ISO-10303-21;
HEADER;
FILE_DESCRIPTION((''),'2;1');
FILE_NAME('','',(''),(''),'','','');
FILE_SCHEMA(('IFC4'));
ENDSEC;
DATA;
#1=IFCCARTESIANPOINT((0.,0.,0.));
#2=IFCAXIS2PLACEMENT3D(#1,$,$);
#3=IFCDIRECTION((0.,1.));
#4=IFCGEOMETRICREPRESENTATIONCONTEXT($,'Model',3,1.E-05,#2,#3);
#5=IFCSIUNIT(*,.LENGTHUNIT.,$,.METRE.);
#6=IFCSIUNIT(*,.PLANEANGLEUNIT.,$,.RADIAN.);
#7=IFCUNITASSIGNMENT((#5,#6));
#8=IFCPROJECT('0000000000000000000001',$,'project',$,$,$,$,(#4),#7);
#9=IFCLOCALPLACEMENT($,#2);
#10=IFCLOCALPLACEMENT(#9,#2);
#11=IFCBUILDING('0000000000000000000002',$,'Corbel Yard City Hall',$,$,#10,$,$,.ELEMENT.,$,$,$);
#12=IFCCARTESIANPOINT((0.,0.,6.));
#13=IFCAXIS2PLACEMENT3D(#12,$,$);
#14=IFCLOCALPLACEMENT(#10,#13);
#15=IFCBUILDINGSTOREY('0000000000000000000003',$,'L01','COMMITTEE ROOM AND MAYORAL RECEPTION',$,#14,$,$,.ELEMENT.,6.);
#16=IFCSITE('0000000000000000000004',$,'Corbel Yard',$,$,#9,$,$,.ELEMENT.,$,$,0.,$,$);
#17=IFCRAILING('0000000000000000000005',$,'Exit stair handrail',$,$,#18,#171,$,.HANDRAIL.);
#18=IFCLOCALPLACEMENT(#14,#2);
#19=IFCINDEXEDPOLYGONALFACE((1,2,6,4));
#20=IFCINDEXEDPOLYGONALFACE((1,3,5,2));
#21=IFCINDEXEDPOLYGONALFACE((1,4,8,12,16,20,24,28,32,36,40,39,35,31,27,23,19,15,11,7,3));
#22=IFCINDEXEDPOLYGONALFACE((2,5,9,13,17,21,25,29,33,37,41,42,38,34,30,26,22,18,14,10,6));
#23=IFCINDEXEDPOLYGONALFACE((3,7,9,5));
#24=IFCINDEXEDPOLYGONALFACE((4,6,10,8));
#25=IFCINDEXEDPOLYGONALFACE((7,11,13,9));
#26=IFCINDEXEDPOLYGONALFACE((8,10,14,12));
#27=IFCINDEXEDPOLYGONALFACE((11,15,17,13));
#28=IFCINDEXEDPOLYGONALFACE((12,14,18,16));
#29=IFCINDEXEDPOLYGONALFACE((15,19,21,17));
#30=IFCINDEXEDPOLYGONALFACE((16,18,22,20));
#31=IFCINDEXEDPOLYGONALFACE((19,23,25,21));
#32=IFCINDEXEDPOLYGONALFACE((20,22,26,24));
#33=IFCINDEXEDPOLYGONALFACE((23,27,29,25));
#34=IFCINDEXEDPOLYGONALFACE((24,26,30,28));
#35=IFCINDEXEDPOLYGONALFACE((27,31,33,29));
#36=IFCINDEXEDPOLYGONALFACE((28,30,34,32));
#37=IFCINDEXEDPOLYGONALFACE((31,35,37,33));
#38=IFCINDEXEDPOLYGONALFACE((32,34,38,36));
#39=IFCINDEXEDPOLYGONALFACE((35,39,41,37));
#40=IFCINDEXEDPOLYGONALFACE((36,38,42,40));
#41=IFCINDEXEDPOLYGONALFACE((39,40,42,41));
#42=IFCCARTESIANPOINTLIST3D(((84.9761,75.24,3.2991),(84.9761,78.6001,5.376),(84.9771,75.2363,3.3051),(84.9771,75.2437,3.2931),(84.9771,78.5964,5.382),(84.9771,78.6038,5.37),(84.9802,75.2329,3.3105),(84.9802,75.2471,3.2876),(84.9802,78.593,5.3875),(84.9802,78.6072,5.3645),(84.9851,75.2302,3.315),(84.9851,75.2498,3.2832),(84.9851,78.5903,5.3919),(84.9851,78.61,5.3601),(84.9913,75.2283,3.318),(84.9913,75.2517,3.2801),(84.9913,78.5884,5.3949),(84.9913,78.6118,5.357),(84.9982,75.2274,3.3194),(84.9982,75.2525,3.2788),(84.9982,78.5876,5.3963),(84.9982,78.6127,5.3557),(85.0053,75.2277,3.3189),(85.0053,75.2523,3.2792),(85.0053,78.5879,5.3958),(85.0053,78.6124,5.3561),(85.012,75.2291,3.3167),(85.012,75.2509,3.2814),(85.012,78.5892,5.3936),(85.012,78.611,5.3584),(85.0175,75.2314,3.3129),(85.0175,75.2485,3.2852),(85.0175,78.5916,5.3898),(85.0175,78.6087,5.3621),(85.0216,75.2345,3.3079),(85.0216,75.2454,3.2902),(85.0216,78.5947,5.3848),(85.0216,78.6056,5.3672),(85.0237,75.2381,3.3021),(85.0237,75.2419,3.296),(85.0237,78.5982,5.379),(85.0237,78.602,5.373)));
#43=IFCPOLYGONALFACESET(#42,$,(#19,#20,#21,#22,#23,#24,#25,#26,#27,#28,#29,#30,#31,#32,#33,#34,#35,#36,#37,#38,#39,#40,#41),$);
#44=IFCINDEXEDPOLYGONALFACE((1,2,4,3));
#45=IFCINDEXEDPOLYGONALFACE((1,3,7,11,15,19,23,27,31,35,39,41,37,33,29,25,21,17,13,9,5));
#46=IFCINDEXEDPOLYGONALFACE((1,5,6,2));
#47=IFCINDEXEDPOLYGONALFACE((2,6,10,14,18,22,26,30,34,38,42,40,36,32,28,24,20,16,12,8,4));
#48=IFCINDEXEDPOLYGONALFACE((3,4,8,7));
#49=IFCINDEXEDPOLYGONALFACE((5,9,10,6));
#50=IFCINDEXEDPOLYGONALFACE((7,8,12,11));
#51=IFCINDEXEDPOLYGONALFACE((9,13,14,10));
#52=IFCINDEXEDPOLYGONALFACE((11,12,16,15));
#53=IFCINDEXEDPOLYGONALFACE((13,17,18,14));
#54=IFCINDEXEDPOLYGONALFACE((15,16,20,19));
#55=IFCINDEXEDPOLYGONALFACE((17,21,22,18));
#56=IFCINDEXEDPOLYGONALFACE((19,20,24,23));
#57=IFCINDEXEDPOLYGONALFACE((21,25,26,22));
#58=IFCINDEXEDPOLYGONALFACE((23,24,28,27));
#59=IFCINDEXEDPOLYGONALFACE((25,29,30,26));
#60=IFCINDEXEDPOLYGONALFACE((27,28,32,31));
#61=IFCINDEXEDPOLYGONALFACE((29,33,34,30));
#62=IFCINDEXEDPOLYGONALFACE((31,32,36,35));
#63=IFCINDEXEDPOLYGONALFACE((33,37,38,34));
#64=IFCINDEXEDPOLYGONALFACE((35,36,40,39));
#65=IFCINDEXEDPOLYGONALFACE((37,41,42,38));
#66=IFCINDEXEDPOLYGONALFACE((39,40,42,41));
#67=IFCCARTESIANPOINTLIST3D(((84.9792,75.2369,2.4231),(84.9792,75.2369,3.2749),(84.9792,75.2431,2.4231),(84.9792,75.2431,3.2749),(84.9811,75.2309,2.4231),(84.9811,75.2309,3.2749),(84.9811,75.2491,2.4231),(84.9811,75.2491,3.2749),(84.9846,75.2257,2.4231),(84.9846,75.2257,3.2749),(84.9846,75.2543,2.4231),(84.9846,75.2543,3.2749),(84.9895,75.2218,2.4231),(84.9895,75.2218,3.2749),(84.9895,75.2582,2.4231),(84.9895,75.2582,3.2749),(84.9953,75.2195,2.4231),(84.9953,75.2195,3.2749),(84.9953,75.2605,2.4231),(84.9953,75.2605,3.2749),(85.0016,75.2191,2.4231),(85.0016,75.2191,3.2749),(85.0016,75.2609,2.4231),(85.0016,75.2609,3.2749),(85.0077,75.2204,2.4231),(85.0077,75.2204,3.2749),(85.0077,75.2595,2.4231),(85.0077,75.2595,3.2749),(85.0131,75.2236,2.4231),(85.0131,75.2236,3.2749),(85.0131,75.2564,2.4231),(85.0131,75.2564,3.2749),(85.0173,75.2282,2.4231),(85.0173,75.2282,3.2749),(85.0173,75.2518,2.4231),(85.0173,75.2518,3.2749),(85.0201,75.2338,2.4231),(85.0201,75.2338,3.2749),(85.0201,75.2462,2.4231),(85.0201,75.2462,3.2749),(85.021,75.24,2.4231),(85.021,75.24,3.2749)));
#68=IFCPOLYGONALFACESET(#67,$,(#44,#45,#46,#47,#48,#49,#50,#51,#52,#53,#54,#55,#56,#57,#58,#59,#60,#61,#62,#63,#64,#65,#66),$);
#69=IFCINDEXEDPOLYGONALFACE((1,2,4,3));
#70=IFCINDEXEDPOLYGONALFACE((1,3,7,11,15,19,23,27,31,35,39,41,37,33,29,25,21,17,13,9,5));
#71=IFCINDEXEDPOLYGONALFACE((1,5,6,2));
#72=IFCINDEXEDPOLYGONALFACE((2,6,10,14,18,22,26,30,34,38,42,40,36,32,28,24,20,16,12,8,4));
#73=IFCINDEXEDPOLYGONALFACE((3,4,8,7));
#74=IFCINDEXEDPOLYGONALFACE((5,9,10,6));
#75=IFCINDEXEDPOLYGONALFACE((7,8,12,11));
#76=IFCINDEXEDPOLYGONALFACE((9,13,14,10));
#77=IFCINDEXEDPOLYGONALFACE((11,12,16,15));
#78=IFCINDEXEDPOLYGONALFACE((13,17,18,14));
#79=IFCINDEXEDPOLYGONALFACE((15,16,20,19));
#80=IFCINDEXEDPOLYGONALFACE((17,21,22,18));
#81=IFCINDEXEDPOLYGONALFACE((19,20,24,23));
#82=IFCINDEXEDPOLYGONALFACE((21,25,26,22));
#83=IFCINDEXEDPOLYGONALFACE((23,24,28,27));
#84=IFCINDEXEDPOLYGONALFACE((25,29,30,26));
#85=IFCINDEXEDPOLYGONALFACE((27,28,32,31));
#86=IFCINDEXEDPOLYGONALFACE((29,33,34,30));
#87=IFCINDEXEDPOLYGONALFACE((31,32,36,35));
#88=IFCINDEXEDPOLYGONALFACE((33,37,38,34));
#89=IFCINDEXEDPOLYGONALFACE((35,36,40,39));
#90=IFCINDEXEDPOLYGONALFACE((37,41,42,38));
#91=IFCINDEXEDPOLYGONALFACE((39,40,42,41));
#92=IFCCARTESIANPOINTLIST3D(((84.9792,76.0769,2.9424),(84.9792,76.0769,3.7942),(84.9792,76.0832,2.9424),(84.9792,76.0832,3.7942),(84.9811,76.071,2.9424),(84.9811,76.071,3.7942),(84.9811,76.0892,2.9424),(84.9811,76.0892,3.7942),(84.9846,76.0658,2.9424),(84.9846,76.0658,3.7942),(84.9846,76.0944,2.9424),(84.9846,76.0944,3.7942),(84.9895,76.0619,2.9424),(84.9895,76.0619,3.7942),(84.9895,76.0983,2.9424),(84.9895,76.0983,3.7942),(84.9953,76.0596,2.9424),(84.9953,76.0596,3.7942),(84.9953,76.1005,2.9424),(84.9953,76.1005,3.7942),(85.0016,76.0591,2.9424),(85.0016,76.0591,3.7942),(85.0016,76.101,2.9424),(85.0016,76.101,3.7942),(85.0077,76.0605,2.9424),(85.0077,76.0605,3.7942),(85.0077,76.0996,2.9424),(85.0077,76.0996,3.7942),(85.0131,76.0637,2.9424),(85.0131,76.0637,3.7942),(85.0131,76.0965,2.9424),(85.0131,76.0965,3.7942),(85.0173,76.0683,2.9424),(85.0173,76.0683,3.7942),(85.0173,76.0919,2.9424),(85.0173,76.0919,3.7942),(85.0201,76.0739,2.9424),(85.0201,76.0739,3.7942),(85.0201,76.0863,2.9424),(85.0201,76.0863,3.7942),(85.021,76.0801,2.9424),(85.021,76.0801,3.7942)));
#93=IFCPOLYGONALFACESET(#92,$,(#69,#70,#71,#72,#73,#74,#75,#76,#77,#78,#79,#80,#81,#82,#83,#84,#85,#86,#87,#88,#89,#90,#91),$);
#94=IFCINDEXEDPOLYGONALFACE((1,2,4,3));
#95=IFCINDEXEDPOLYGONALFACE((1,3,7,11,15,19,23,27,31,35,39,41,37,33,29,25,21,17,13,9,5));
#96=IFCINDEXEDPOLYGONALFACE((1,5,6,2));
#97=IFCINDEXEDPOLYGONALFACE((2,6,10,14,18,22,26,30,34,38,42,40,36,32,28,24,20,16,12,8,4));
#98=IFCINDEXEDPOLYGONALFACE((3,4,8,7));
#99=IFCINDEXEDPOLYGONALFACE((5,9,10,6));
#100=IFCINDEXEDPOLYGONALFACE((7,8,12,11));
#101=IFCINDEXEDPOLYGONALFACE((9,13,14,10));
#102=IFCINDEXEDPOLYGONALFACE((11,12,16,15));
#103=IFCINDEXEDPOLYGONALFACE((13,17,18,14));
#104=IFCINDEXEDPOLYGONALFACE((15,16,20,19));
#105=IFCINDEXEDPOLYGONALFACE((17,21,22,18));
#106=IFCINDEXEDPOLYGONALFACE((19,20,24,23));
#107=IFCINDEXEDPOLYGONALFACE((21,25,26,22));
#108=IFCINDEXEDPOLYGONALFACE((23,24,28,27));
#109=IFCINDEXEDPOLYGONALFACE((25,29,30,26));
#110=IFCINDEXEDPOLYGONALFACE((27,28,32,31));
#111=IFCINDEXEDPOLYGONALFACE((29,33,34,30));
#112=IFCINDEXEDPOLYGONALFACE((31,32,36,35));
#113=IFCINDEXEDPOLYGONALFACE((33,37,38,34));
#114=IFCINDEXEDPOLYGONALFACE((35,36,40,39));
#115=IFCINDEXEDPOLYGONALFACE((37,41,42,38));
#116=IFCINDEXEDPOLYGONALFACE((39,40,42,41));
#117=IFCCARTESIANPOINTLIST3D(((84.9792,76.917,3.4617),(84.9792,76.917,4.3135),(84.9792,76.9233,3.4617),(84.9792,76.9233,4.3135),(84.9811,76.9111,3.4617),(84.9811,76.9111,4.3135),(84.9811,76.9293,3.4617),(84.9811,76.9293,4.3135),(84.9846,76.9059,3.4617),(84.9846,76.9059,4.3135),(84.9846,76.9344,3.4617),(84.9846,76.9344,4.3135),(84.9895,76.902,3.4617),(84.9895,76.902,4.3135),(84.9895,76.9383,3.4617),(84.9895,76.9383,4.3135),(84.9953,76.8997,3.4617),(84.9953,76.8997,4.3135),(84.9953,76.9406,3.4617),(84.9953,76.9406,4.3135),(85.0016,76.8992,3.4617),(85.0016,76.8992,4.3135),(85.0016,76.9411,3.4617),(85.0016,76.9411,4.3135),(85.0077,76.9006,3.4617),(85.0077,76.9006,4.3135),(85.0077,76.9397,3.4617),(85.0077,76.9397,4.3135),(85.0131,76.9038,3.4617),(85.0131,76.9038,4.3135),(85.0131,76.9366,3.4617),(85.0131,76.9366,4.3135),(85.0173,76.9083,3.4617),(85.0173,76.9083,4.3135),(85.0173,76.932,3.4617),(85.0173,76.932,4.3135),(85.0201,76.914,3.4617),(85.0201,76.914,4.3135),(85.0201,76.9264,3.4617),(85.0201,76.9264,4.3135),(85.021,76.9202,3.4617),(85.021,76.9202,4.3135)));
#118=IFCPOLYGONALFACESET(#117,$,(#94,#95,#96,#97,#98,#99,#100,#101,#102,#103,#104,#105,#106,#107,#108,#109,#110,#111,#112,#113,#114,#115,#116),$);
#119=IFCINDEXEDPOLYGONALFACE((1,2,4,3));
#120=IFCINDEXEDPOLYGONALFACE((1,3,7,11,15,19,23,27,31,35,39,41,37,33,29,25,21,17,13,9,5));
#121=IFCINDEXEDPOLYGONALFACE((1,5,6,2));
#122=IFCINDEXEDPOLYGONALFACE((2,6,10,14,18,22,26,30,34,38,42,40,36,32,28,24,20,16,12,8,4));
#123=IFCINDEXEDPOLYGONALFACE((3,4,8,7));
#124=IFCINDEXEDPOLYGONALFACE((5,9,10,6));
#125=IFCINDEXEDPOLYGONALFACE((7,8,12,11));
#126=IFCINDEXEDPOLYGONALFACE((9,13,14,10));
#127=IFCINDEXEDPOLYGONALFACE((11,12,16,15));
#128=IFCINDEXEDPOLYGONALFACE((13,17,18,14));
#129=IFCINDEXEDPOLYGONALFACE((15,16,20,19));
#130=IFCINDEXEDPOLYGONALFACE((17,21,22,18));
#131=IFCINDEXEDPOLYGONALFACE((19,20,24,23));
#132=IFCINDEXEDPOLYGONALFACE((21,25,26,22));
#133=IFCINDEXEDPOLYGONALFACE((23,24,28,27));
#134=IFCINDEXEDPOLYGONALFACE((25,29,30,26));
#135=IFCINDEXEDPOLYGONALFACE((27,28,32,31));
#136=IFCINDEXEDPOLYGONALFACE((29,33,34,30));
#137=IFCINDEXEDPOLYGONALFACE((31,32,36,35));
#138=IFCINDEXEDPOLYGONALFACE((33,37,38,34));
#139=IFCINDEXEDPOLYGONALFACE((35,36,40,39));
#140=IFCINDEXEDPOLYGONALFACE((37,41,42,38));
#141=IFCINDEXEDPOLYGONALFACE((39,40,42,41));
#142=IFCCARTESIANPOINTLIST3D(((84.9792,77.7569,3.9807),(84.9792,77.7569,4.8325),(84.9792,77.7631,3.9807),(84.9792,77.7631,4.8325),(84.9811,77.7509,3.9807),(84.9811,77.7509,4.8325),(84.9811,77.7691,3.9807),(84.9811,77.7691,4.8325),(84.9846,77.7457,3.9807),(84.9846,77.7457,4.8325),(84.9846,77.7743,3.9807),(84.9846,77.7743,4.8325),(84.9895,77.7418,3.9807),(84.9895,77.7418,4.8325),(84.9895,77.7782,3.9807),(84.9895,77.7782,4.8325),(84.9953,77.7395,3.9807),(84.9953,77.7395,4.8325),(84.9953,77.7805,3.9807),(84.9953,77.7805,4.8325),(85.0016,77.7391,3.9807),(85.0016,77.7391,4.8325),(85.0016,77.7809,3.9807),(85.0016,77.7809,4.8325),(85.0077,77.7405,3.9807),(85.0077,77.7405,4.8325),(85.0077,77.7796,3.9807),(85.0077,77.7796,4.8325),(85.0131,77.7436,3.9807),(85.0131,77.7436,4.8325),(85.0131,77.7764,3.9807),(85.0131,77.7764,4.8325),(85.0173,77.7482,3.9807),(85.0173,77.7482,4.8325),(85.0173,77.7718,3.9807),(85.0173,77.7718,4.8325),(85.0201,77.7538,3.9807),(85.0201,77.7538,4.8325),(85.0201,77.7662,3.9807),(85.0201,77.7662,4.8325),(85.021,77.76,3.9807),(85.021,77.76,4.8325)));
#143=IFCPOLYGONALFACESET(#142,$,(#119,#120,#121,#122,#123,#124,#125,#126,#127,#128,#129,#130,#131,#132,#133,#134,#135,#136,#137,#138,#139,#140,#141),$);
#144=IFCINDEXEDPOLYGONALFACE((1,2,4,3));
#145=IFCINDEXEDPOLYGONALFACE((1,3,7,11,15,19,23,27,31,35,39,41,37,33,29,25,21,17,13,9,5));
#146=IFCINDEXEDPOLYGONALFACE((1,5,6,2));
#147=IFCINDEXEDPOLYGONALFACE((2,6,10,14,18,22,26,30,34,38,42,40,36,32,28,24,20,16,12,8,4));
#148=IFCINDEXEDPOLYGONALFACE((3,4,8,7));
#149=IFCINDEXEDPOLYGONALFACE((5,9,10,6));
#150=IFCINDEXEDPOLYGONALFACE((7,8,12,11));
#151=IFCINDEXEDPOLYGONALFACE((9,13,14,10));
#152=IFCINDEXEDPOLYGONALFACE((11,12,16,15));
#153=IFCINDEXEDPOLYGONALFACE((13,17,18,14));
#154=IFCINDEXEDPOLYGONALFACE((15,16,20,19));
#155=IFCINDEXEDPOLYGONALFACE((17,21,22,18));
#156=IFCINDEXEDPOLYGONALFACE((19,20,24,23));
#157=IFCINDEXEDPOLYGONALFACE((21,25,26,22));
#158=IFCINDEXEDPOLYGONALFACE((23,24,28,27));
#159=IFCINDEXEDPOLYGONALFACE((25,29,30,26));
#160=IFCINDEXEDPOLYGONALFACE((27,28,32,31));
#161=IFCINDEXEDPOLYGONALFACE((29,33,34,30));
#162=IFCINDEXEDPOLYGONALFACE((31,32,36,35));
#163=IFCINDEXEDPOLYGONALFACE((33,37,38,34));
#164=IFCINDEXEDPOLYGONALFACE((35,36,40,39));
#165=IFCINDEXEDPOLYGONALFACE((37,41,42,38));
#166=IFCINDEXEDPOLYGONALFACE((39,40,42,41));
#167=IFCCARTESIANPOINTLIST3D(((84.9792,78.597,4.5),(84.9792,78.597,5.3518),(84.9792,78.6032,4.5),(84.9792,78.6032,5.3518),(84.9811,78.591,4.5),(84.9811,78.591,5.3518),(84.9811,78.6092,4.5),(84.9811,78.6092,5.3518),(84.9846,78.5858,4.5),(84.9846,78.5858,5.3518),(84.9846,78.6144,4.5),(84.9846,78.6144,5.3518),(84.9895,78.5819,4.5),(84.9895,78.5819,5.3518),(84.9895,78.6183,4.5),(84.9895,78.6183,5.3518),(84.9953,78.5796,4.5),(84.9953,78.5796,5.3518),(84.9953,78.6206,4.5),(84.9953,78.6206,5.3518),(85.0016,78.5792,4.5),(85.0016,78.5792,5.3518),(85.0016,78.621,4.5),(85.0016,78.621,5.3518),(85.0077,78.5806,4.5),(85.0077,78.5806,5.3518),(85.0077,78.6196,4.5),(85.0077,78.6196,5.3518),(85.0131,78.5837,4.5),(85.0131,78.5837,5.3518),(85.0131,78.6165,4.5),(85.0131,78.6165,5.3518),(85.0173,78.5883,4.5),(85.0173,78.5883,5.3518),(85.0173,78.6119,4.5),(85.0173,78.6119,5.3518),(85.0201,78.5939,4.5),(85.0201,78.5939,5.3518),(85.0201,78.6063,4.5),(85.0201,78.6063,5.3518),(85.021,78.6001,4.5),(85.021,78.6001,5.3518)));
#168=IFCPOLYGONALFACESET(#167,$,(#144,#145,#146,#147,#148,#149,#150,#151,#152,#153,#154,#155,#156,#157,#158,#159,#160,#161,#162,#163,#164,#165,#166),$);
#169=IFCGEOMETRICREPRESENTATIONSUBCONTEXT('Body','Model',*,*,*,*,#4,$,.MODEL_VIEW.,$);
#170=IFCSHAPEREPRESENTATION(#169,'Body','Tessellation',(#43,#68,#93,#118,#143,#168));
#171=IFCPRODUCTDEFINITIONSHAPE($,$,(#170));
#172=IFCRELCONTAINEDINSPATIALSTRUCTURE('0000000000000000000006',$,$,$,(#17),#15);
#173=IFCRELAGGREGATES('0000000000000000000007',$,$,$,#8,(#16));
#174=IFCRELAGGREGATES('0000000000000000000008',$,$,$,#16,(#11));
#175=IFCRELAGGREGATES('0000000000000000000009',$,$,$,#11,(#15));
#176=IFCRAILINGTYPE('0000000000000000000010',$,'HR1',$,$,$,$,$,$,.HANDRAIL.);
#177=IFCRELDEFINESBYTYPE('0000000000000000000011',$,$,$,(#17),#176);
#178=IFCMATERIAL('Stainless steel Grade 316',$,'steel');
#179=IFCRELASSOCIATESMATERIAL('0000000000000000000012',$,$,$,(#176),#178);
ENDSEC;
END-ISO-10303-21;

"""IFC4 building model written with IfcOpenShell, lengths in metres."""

from ifc_helpers import new_model, si_unit, direction, frame, origin, origin_2d, place, context, subcontext, project, spatial, circle, extrude, material, type_object, element, save


model = new_model("IFC4")

# Units and contexts
model_context = context("Model", 3, precision=1e-05, world=origin(), true_north=direction((0.0, 1.0)))
body_context = subcontext(model_context, "Body", "Model", "MODEL_VIEW")
ifc_project = project(units=[si_unit("LENGTHUNIT", "METRE"), si_unit("PLANEANGLEUNIT", "RADIAN")], contexts=[model_context])

# Site, building, storey
site_placement = place(None, origin())
site = spatial("IfcSite", under=ifc_project, at=site_placement, Name="Corbel Yard", CompositionType="ELEMENT", RefElevation=0.0)
building_placement = place(site_placement, origin())
building = spatial("IfcBuilding", under=site, at=building_placement, Name="Corbel Yard City Hall", CompositionType="ELEMENT")
storey_placement = place(building_placement, frame((0.0, 0.0, 6.0)))
storey = spatial("IfcBuildingStorey", under=building, at=storey_placement, Name="L01", Description="COMMITTEE ROOM AND MAYORAL RECEPTION", CompositionType="ELEMENT", Elevation=6.0)

# Shared definitions
ifc_material_1 = material(Name="Stainless steel Grade 316", Category="steel")

# Railing
railing_type = type_object("IfcRailingType", Name="HR1", PredefinedType="HANDRAIL", material=ifc_material_1)
for number, where, name in (
    (1, (85.0, 75.24, 2.4231), "Exit stair handrail"),
):
    element("IfcRailing", number, at=place(storey_placement, frame(where)), inside=storey, type_object=railing_type, Name=name, PredefinedType="HANDRAIL", context=body_context, shape_type="SweptSolid", body=[
        extrude(circle(Radius=0.0239, at=origin_2d()), frame((0.0, 0.0, 0.876), z_axis=(0.0, 0.850623, 0.525776), x_axis=(-1.0, 0.0, 0.0)), (0.0, 0.0, 1.0), 3.9502),
        extrude(circle(Radius=0.021, at=origin_2d()), origin(), (0.0, 0.0, 1.0), 0.8518),
        extrude(circle(Radius=0.021, at=origin_2d()), frame((0.0, 0.8401, 0.5193)), (0.0, 0.0, 1.0), 0.8518),
        extrude(circle(Radius=0.021, at=origin_2d()), frame((0.0, 1.6802, 1.0386)), (0.0, 0.0, 1.0), 0.8518),
        extrude(circle(Radius=0.021, at=origin_2d()), frame((0.0, 2.52, 1.5576)), (0.0, 0.0, 1.0), 0.8518),
        extrude(circle(Radius=0.021, at=origin_2d()), frame((0.0, 3.3601, 2.0769)), (0.0, 0.0, 1.0), 0.8518),
    ])

save(model, "model.ifc")
